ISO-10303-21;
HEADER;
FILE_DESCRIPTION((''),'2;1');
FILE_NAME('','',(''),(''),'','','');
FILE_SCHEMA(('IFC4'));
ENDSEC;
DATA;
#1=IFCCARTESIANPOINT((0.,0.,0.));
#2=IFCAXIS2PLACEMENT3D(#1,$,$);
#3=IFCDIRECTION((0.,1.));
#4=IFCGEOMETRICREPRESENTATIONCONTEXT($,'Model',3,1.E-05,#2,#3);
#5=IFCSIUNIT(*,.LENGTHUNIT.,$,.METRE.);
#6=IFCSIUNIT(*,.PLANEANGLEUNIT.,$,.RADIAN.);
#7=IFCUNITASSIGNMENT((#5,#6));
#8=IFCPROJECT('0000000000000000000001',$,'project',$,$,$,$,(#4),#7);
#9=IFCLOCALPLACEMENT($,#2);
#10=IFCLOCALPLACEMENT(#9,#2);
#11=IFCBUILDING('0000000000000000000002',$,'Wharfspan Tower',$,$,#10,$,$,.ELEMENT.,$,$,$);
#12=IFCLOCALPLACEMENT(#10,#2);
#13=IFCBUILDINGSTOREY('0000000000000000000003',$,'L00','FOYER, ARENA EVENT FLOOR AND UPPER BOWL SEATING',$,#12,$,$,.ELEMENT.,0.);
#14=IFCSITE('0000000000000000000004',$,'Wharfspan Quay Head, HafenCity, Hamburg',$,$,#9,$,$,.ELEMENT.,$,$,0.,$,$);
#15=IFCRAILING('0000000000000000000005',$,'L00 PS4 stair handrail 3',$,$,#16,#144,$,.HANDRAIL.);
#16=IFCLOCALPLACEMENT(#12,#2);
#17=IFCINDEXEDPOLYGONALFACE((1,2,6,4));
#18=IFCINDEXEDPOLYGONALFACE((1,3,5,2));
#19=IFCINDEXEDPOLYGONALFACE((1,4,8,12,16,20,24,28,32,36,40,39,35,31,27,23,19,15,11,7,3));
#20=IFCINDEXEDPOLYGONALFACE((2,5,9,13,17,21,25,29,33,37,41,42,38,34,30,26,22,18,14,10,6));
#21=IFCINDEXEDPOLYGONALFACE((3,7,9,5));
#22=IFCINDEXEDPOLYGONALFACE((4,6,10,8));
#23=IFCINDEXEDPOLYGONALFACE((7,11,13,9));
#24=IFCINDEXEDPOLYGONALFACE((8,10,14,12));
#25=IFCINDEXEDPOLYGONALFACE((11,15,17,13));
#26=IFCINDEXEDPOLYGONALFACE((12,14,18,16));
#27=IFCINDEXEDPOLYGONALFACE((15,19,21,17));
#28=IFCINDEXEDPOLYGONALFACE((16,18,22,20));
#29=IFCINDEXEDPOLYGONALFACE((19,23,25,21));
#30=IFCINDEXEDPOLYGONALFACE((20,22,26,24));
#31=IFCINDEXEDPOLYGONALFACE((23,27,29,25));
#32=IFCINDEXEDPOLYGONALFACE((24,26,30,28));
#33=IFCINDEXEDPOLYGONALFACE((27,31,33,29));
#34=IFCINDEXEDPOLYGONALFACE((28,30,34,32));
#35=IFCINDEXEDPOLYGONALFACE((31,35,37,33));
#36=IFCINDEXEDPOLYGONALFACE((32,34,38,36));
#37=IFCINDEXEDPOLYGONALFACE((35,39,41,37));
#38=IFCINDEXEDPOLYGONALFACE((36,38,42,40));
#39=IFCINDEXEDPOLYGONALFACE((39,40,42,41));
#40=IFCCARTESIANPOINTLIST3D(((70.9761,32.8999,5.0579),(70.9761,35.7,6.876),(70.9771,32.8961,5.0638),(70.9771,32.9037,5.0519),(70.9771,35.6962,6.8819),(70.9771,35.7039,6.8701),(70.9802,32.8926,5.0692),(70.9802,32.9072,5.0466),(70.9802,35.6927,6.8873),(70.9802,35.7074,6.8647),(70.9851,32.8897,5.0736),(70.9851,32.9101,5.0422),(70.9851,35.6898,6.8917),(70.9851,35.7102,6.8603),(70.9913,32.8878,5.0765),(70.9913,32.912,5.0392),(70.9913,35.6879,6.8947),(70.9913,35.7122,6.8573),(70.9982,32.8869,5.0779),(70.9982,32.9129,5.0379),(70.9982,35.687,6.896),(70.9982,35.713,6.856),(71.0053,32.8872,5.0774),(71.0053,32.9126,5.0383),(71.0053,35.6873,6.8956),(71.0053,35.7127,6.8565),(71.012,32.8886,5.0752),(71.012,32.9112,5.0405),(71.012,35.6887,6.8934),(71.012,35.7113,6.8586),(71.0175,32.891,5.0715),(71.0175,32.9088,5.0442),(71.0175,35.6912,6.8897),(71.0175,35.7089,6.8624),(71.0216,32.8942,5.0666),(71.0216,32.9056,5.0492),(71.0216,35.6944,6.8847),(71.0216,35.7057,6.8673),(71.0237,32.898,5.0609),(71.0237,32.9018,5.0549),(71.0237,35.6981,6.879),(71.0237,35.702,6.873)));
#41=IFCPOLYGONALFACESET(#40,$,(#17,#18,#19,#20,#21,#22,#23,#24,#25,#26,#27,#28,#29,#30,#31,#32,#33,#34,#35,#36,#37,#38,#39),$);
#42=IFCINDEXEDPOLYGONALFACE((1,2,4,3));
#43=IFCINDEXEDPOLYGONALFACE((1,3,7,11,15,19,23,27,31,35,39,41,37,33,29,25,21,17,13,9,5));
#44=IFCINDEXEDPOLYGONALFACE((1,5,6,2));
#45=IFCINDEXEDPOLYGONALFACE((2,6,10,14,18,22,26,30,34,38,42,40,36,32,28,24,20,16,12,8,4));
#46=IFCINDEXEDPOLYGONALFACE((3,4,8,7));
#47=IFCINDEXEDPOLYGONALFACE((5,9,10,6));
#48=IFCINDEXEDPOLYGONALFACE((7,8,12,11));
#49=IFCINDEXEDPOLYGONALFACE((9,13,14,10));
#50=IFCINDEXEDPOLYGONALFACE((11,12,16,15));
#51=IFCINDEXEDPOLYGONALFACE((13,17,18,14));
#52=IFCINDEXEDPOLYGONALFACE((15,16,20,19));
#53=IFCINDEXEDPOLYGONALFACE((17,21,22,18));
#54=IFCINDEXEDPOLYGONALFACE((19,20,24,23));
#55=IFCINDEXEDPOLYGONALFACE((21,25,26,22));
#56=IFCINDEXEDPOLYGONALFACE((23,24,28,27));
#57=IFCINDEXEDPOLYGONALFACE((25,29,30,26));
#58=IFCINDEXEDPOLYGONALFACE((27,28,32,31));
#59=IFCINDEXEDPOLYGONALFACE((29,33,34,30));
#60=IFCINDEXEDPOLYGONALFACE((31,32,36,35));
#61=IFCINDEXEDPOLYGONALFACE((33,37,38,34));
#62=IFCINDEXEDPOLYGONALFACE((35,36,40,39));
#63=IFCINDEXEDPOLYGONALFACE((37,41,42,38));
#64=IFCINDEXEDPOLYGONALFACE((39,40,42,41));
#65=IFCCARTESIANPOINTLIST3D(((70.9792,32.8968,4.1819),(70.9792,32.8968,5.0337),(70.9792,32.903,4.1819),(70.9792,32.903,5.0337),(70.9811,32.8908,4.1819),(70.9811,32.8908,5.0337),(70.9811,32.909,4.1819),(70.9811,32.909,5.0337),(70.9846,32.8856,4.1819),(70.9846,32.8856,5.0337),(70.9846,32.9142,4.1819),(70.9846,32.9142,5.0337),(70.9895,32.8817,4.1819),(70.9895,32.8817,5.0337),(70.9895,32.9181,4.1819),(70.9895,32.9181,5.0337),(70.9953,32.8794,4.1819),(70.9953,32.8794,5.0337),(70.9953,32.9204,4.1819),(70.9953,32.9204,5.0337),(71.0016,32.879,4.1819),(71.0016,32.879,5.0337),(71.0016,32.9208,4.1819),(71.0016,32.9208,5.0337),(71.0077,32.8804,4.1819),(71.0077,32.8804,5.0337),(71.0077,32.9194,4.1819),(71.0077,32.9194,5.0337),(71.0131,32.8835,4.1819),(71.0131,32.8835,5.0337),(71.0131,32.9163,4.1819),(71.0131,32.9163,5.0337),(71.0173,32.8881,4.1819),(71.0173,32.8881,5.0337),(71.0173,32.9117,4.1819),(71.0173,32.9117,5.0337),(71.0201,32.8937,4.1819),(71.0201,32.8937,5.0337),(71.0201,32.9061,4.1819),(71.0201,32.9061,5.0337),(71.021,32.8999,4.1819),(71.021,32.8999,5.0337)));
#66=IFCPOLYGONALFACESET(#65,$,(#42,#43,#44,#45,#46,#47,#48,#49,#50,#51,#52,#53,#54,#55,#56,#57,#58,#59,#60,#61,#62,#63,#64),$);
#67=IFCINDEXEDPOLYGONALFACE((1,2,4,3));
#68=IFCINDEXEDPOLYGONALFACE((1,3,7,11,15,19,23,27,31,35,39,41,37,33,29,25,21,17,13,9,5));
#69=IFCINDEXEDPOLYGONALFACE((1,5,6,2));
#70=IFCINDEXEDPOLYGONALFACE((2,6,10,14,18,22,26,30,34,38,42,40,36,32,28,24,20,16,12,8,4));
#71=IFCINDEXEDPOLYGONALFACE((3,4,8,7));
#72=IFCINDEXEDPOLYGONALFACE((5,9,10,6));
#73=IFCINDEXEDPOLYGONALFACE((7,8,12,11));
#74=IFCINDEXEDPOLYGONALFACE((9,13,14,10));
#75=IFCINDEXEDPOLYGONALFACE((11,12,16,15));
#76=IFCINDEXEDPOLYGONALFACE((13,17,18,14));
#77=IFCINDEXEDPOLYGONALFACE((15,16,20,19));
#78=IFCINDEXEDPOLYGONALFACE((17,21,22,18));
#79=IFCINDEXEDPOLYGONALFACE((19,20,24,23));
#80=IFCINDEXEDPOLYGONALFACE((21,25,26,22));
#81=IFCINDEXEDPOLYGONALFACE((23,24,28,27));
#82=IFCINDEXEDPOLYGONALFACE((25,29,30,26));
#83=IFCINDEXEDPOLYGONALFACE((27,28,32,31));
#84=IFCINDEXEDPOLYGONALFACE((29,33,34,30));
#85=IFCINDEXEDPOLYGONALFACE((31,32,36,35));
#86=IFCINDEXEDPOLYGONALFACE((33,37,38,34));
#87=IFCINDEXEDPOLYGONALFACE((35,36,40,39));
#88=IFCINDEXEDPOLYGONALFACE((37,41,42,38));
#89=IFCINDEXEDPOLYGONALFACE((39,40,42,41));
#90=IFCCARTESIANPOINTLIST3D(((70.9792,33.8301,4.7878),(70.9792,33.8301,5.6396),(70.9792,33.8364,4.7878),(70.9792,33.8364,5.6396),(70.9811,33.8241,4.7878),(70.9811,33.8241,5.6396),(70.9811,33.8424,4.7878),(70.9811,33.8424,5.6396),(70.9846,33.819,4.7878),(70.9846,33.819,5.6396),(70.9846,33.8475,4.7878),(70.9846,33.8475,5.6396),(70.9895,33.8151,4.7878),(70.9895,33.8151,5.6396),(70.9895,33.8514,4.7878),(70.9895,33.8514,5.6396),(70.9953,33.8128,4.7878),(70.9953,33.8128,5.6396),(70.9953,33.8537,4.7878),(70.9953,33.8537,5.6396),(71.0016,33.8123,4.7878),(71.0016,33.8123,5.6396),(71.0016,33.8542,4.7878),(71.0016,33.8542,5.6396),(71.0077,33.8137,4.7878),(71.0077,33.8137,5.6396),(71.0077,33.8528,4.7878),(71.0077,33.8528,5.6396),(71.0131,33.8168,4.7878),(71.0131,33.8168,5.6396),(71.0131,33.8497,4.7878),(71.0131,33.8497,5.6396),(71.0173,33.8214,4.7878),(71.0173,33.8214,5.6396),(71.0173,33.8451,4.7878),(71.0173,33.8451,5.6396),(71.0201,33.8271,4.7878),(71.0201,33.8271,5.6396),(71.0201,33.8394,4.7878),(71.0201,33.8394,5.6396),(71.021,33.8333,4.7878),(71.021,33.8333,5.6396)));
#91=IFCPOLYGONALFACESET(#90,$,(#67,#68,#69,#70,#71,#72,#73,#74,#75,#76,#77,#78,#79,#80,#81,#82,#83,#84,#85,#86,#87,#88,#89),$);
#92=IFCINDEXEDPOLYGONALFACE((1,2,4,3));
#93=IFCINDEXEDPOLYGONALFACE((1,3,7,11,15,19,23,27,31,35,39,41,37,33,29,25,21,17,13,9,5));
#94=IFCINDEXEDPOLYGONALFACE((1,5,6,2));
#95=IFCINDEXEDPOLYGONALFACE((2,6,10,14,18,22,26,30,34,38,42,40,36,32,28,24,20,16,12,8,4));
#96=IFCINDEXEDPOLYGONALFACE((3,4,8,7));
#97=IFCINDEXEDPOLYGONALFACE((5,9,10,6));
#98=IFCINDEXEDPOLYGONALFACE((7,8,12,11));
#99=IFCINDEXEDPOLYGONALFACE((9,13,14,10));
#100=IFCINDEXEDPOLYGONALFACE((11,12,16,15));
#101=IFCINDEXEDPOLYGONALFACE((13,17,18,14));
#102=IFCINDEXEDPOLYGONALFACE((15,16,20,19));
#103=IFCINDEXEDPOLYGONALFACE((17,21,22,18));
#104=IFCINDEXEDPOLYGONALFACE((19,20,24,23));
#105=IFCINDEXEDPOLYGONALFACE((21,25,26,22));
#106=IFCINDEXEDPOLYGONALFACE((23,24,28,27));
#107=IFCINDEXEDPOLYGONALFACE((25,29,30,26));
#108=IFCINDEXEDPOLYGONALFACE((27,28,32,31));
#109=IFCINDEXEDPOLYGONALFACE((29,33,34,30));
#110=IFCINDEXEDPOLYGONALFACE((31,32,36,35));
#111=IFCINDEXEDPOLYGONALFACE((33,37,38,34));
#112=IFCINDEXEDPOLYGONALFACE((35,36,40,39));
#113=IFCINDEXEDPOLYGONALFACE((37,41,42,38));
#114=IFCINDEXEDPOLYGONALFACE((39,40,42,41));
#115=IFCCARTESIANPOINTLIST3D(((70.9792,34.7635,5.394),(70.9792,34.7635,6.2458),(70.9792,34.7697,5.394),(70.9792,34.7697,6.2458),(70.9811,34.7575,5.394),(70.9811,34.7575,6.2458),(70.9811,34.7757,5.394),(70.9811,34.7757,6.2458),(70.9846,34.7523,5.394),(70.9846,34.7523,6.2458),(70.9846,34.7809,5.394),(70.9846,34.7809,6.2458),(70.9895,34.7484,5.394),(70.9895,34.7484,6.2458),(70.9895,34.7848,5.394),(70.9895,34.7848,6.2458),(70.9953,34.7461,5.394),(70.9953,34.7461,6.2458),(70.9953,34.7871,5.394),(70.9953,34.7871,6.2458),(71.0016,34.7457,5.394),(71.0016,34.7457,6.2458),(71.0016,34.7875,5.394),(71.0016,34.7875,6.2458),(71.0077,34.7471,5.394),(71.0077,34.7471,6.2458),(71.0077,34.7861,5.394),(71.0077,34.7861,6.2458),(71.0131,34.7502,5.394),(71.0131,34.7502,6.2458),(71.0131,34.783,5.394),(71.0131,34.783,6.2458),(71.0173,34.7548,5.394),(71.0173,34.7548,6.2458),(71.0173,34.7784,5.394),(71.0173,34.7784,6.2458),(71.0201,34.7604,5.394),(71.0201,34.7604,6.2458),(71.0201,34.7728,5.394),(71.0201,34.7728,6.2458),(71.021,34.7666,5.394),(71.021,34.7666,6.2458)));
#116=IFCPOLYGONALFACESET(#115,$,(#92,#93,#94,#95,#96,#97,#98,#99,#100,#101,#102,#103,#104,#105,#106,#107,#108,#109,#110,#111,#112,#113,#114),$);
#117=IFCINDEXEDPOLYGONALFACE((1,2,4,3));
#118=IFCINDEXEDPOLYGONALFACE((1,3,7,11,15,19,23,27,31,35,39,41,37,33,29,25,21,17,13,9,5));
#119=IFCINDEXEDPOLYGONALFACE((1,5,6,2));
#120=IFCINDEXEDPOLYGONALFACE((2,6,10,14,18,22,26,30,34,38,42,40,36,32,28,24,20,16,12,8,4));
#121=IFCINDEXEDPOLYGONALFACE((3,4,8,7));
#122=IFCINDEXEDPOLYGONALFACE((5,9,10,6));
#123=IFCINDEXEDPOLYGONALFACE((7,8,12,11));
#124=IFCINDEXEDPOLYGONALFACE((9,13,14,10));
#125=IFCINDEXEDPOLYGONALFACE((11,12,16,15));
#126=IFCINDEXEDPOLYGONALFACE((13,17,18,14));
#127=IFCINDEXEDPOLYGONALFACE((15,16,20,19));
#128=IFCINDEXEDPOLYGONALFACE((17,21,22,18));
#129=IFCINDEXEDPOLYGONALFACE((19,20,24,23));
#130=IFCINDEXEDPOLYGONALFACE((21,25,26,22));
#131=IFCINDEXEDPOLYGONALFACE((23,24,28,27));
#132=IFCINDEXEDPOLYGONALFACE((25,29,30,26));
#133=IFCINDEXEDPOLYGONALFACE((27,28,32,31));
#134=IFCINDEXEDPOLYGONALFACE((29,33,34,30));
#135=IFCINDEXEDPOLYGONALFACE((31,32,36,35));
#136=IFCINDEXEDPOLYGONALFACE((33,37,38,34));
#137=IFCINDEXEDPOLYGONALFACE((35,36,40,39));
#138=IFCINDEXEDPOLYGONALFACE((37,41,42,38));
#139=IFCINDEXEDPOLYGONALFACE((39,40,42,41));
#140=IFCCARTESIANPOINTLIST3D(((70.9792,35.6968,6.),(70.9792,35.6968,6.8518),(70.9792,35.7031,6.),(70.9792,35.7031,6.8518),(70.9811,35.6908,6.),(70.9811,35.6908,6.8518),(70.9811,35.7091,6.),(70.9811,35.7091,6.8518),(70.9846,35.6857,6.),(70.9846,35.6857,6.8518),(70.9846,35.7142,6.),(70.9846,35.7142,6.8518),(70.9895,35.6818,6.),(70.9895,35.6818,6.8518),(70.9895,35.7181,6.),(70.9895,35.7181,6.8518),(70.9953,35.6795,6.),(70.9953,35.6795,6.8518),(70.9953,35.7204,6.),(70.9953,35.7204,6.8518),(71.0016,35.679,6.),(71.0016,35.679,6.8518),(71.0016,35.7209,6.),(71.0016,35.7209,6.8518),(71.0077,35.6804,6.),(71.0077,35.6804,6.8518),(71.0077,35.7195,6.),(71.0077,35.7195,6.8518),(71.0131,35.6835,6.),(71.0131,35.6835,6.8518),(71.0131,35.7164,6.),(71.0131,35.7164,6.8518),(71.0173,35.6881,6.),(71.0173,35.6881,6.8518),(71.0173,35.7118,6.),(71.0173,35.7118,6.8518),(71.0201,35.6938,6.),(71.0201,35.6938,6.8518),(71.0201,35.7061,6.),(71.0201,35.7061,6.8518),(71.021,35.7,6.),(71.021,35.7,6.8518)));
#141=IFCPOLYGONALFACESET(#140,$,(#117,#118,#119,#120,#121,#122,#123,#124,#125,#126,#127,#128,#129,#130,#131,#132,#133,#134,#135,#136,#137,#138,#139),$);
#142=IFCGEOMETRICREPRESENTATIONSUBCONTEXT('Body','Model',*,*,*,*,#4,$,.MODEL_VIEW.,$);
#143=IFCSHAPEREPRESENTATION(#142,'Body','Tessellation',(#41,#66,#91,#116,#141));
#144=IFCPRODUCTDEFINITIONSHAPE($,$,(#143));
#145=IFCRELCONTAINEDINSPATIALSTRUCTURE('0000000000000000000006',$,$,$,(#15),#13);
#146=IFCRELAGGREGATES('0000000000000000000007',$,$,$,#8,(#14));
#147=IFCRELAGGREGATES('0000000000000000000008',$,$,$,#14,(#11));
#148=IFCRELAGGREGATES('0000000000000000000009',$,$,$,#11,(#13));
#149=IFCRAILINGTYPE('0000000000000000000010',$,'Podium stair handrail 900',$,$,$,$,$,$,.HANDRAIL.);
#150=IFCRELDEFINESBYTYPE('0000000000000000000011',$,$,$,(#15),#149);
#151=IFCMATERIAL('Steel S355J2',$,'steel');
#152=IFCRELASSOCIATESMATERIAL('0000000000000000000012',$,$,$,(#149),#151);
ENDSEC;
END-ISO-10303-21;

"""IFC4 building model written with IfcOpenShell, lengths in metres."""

from ifc_helpers import new_model, si_unit, direction, frame, origin, origin_2d, place, context, subcontext, project, spatial, circle, extrude, material, type_object, element, save


model = new_model("IFC4")

# Units and contexts
model_context = context("Model", 3, precision=1e-05, world=origin(), true_north=direction((0.0, 1.0)))
body_context = subcontext(model_context, "Body", "Model", "MODEL_VIEW")
ifc_project = project(units=[si_unit("LENGTHUNIT", "METRE"), si_unit("PLANEANGLEUNIT", "RADIAN")], contexts=[model_context])

# Site, building, storey
site_placement = place(None, origin())
site = spatial("IfcSite", under=ifc_project, at=site_placement, Name="Wharfspan Quay Head, HafenCity, Hamburg", CompositionType="ELEMENT", RefElevation=0.0)
building_placement = place(site_placement, origin())
building = spatial("IfcBuilding", under=site, at=building_placement, Name="Wharfspan Tower", CompositionType="ELEMENT")
storey_placement = place(building_placement, origin())
storey = spatial("IfcBuildingStorey", under=building, at=storey_placement, Name="L00", Description="FOYER, ARENA EVENT FLOOR AND UPPER BOWL SEATING", CompositionType="ELEMENT", Elevation=0.0)

# Railing
ifc_material_1 = material(Name="Steel S355J2", Category="steel")
railing_type_1 = type_object("IfcRailingType", Name="Podium stair handrail 900", PredefinedType="HANDRAIL", material=ifc_material_1)
railing_1_placement = place(storey_placement, frame((71.0, 32.8999, 4.1819)))
element("IfcRailing", 1, at=railing_1_placement, inside=storey, type_object=railing_type_1, Name="L00 PS4 stair handrail 3", PredefinedType="HANDRAIL", context=body_context, shape_type="SweptSolid", body=[
    extrude(circle(Radius=0.0239, at=origin_2d()), frame((0.0, 0.0, 0.876), z_axis=(0.0, 0.838706, 0.544585), x_axis=(-1.0, 0.0, 0.0)), (0.0, 0.0, 1.0), 3.3386),
    extrude(circle(Radius=0.021, at=origin_2d()), origin(), (0.0, 0.0, 1.0), 0.8518),
    extrude(circle(Radius=0.021, at=origin_2d()), frame((0.0, 0.9334, 0.606)), (0.0, 0.0, 1.0), 0.8518),
    extrude(circle(Radius=0.021, at=origin_2d()), frame((0.0, 1.8667, 1.2122)), (0.0, 0.0, 1.0), 0.8518),
    extrude(circle(Radius=0.021, at=origin_2d()), frame((0.0, 2.8, 1.8181)), (0.0, 0.0, 1.0), 0.8518),
])

save(model, "model.ifc")
